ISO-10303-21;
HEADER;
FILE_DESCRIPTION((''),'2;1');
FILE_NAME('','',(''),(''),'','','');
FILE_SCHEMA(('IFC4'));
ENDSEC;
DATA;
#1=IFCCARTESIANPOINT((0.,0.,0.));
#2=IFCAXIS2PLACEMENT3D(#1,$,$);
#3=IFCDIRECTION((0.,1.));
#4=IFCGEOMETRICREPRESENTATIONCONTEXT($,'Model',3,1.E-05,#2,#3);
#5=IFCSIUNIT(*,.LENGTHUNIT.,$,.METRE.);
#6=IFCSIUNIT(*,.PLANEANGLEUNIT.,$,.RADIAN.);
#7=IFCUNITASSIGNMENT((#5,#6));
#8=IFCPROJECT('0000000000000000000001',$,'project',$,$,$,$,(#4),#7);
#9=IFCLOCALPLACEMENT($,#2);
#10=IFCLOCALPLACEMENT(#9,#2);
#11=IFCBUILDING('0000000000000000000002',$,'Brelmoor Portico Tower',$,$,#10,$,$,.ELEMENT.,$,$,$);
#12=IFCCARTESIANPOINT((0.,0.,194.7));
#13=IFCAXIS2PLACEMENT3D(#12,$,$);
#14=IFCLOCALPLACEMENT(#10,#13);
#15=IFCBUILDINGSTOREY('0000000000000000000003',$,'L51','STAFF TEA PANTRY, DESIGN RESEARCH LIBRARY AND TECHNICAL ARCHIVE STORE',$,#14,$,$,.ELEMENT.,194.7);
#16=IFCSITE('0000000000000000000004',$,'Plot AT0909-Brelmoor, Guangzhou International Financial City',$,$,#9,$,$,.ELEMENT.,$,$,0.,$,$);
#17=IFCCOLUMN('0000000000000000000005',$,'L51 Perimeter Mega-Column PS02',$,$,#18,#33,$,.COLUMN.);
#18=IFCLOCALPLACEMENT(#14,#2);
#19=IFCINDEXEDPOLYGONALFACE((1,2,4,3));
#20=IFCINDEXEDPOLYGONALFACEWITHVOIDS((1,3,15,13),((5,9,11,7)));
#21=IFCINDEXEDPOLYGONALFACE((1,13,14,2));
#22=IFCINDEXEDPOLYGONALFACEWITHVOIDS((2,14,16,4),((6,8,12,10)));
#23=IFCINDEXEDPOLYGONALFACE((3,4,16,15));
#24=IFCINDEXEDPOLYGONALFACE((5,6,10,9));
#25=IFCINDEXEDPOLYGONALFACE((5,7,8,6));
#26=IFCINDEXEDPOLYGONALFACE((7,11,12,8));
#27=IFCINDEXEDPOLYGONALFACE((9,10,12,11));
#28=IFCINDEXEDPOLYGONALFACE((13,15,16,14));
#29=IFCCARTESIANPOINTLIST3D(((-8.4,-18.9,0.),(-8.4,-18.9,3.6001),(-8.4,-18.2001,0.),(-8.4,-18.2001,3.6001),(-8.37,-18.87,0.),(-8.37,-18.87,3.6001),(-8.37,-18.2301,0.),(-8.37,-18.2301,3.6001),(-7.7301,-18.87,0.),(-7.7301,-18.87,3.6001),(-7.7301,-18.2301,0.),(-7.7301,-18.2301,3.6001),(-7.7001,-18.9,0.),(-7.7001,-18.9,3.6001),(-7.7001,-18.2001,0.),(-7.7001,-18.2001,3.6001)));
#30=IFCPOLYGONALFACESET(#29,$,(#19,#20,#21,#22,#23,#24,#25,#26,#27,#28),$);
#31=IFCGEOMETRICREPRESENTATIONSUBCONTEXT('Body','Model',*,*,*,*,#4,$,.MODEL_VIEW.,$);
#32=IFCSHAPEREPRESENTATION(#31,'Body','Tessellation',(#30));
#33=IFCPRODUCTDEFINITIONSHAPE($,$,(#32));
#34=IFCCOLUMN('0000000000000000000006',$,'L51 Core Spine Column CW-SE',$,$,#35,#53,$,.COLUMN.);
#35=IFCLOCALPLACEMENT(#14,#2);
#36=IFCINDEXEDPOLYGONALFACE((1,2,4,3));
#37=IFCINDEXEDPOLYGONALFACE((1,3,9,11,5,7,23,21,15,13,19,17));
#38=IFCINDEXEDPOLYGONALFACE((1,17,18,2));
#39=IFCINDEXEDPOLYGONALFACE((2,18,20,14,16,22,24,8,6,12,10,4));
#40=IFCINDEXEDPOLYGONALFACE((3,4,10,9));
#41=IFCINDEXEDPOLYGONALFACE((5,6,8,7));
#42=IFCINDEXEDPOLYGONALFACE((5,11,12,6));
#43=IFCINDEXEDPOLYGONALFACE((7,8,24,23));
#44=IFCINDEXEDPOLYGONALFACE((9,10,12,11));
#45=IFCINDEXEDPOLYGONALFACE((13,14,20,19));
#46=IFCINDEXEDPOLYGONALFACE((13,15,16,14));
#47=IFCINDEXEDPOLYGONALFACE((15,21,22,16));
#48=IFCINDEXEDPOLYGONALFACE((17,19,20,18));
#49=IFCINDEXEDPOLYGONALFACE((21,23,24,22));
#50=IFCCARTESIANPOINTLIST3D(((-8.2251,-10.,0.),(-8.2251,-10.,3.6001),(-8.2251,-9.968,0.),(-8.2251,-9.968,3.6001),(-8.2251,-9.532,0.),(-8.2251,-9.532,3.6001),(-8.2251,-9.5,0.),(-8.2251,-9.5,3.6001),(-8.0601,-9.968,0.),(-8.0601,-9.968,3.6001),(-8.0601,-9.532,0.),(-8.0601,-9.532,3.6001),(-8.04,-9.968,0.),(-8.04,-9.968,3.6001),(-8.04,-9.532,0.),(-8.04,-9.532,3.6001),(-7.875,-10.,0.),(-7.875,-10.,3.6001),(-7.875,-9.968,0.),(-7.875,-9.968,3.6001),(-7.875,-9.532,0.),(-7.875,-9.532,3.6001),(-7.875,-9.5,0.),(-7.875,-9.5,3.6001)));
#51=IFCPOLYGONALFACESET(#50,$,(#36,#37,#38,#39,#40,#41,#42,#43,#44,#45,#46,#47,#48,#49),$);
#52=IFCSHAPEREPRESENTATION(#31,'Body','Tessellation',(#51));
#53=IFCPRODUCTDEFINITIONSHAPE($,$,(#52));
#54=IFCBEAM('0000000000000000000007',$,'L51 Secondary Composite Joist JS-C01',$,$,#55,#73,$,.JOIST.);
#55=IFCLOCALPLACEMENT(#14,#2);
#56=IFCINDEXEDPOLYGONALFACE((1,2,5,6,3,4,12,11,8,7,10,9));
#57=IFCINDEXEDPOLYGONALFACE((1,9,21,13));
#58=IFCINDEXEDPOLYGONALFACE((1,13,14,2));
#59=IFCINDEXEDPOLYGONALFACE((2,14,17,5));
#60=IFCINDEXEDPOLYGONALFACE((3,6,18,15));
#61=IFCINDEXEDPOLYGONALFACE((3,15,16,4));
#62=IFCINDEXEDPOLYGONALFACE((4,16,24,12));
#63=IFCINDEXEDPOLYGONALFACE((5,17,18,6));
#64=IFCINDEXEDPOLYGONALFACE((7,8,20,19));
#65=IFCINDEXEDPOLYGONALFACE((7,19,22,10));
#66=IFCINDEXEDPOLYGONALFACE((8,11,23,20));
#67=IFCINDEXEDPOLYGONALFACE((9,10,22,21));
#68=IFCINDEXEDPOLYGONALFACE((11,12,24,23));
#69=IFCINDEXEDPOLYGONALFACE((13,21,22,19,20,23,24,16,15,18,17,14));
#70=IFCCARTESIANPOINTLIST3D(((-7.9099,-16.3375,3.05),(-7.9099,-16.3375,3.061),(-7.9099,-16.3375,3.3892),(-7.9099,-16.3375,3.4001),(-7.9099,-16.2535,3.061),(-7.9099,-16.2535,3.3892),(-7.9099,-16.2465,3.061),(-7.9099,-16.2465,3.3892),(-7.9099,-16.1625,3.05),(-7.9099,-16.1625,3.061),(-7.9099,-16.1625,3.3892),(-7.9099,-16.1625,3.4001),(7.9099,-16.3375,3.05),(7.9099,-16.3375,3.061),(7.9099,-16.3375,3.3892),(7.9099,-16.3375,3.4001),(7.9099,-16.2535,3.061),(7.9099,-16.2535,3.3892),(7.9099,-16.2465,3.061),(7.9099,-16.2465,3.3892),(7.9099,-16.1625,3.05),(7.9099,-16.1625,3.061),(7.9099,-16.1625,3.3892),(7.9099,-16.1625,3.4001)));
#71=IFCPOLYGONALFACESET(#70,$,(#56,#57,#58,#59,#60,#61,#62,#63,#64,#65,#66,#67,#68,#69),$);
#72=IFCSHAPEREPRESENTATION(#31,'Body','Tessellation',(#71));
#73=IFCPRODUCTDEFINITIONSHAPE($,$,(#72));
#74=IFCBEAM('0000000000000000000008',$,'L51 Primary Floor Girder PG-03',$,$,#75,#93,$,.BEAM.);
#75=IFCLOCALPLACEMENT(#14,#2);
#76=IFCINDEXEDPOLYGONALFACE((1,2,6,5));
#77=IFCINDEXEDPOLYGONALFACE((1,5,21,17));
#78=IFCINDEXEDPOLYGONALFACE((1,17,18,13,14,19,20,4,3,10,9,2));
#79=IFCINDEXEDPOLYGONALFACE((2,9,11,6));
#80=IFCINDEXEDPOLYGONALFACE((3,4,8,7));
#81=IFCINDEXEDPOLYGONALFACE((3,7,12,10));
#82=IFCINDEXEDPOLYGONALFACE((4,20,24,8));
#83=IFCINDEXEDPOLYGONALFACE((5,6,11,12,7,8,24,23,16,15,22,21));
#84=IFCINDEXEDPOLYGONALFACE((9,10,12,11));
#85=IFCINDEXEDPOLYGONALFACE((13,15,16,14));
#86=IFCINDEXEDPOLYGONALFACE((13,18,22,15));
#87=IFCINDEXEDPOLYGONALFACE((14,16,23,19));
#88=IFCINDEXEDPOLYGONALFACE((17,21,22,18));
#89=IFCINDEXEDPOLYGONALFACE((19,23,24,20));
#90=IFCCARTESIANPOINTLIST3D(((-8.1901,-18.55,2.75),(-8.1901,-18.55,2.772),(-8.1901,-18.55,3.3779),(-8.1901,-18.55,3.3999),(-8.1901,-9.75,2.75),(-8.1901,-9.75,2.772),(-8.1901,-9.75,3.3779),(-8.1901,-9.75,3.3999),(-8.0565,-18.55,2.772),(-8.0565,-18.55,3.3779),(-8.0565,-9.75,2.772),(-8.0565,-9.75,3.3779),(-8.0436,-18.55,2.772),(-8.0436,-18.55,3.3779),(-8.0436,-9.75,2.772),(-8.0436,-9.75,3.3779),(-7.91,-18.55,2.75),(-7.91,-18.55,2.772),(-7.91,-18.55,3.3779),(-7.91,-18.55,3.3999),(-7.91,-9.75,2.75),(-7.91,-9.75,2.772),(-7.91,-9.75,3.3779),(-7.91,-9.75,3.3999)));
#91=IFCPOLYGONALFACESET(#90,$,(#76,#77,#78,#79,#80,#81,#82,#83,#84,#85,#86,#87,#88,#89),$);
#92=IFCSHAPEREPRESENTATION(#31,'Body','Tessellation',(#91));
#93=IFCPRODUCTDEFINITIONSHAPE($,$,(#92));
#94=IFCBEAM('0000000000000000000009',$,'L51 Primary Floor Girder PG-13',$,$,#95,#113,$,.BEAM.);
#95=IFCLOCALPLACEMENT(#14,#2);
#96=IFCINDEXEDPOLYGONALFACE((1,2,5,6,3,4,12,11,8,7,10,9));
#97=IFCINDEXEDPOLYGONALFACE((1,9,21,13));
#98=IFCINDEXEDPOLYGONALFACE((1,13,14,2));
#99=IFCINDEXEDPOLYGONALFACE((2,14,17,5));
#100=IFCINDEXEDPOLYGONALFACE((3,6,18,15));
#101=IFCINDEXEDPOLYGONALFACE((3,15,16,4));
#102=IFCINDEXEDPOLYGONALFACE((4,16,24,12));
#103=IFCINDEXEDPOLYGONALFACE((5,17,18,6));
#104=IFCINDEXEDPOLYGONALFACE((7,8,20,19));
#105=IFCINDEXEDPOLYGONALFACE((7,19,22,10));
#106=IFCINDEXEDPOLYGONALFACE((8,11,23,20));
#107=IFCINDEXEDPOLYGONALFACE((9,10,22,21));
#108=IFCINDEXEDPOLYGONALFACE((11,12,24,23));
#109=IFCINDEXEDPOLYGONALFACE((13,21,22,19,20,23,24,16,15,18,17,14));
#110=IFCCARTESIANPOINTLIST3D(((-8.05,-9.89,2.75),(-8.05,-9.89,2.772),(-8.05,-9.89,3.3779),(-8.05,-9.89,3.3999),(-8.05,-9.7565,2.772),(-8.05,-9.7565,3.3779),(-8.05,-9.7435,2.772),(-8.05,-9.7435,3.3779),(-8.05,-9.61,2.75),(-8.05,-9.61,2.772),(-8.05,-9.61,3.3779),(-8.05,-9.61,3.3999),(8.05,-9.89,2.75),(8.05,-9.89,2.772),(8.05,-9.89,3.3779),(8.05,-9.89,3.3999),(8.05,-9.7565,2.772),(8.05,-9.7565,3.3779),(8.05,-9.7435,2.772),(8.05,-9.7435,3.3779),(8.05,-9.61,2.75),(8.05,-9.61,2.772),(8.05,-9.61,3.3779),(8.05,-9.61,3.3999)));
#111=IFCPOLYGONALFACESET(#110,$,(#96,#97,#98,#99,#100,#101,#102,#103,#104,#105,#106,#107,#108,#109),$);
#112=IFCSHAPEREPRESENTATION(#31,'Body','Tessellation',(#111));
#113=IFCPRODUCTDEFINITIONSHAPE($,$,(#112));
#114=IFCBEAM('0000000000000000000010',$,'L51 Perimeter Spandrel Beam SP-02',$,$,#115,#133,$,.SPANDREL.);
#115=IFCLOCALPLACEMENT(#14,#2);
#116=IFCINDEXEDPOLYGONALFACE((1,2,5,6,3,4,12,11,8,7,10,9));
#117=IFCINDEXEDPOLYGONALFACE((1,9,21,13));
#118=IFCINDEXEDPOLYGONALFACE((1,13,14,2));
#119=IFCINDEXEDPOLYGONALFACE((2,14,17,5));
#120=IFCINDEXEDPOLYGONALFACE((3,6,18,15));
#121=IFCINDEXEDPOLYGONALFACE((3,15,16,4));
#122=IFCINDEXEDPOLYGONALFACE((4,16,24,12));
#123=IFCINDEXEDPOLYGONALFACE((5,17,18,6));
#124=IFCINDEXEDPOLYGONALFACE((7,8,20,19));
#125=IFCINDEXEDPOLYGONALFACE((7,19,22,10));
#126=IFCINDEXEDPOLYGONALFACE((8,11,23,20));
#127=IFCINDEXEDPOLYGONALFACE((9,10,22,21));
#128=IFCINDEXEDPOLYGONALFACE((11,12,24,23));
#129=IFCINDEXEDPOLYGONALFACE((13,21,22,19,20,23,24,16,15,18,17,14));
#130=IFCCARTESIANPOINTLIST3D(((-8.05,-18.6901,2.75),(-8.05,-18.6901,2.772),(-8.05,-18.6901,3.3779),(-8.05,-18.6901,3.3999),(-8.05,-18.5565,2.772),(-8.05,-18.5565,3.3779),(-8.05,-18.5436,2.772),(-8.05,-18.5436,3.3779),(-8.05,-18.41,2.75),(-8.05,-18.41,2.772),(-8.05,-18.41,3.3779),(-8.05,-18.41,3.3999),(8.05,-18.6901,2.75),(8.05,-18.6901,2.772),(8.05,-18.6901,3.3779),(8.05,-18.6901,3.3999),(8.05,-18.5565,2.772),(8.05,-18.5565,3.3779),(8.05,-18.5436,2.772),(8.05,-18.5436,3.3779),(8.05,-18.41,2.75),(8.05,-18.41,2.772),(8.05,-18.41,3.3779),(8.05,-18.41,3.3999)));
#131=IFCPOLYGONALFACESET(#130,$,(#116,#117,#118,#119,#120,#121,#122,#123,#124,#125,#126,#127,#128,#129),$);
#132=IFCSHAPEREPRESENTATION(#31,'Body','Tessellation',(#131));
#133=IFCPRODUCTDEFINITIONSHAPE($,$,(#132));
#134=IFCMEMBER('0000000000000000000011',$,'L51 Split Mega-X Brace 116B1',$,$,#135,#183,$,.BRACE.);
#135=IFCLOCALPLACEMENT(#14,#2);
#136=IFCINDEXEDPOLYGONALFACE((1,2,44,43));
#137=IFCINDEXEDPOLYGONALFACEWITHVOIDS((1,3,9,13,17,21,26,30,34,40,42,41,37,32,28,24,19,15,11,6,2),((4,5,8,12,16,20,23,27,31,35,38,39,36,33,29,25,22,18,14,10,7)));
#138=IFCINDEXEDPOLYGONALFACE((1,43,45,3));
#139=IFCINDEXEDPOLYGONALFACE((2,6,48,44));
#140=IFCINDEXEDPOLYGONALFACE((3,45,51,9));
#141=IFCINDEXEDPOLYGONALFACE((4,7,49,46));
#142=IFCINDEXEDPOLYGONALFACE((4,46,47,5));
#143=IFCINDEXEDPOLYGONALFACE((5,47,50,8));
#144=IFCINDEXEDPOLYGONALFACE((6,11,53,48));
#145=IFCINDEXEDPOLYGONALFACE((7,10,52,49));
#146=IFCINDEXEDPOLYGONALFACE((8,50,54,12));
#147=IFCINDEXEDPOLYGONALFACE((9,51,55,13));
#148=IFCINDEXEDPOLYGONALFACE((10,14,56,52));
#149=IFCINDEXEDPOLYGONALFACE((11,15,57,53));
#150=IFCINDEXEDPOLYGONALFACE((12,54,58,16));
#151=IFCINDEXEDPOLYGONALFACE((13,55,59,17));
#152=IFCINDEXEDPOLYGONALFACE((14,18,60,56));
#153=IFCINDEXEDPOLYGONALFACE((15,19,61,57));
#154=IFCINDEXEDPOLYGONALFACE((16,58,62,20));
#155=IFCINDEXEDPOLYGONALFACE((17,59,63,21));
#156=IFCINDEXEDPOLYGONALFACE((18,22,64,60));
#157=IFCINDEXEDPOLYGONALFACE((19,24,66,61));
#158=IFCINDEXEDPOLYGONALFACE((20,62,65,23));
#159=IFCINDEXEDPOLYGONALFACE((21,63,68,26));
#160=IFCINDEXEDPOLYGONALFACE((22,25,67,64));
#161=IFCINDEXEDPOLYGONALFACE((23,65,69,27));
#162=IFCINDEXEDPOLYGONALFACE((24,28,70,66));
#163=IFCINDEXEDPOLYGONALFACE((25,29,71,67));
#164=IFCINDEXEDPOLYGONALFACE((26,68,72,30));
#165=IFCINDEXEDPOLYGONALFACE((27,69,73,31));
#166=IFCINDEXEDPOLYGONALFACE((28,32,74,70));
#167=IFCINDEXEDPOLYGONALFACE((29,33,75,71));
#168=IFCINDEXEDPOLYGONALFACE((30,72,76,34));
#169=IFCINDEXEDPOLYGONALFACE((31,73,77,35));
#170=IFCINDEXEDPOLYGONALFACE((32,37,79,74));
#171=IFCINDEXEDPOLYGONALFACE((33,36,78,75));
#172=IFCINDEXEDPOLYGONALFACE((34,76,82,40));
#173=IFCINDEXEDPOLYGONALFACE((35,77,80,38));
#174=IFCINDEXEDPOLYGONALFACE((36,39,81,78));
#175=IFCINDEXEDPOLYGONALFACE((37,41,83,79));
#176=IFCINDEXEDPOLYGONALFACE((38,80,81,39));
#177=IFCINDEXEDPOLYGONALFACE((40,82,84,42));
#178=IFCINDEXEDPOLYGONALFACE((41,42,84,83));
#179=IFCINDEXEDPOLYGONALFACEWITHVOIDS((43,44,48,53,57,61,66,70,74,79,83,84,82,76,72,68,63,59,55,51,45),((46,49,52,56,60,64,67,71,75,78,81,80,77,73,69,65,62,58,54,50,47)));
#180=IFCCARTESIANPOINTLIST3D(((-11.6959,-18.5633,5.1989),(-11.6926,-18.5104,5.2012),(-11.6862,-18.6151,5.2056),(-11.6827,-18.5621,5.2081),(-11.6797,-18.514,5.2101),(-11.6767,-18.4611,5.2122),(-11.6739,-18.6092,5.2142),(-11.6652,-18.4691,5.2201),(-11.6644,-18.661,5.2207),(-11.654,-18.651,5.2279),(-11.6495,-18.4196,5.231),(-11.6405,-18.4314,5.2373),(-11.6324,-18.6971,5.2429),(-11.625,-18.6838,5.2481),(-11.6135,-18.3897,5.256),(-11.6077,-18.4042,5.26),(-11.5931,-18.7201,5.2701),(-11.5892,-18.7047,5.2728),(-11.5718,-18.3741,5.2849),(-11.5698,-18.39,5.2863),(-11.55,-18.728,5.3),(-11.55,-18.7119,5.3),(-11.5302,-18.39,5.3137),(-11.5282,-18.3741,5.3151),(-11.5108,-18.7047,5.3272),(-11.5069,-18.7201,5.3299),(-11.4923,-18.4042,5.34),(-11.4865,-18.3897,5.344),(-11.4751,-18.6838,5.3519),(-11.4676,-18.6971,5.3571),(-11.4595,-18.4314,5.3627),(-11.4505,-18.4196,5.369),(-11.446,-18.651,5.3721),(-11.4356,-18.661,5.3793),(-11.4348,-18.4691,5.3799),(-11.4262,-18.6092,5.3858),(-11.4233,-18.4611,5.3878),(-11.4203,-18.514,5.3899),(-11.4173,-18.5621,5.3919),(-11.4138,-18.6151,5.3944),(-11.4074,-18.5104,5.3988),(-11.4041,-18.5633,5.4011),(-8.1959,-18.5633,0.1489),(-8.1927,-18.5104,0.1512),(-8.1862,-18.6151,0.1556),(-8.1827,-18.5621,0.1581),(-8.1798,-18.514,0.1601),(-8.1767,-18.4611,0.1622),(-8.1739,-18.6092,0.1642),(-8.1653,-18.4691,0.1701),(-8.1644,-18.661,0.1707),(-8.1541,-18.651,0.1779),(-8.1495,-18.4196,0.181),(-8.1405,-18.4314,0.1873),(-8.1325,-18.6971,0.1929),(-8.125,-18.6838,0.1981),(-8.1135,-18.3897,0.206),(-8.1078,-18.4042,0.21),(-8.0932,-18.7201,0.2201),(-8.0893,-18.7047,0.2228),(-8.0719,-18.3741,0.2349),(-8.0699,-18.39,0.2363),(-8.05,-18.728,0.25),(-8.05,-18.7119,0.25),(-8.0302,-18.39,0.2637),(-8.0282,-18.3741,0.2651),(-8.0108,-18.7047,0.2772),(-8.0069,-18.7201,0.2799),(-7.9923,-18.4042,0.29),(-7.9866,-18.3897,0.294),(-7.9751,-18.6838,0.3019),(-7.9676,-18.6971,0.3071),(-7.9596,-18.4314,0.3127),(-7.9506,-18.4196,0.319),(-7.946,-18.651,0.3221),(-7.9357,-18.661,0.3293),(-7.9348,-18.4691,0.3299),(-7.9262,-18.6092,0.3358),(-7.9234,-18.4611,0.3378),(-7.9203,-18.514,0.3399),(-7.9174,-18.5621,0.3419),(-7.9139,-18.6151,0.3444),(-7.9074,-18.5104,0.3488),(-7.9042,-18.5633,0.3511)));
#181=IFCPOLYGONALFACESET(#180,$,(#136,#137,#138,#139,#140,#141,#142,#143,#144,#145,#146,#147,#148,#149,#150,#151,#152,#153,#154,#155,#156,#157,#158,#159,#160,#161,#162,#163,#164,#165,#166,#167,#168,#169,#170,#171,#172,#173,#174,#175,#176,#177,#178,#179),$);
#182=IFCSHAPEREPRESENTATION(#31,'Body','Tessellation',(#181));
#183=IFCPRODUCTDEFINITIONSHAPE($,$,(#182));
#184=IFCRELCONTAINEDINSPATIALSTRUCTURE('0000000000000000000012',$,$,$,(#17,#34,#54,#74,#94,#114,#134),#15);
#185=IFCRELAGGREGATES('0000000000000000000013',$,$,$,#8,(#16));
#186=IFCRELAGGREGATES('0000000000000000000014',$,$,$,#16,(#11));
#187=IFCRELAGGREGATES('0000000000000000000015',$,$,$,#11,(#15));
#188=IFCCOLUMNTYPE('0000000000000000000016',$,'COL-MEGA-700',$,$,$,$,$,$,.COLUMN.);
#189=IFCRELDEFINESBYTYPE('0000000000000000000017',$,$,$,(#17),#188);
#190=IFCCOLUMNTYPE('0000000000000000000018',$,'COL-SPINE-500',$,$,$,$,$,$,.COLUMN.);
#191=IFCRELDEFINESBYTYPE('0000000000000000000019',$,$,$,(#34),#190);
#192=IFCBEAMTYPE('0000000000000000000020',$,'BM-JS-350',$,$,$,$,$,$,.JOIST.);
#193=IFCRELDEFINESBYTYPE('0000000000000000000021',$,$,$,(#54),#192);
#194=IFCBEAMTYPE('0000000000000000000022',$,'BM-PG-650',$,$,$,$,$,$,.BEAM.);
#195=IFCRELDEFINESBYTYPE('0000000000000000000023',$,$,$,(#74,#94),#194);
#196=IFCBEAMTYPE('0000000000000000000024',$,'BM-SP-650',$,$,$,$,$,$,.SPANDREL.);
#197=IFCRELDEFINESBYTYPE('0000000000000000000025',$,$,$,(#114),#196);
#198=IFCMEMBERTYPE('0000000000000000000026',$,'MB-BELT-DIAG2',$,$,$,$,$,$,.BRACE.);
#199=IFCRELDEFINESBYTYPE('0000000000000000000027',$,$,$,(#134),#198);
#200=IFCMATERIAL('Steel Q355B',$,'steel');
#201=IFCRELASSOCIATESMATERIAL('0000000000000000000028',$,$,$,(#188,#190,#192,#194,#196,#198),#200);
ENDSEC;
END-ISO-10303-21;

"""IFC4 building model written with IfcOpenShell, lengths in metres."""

from ifc_helpers import new_model, si_unit, direction, frame, origin, origin_2d, place, context, subcontext, project, spatial, hollow_rectangle, hollow_circle, i_section, extrude, material, material_profile, profile_set, type_object, element, save


model = new_model("IFC4")

# Units and contexts
model_context = context("Model", 3, precision=1e-05, world=origin(), true_north=direction((0.0, 1.0)))
body_context = subcontext(model_context, "Body", "Model", "MODEL_VIEW")
ifc_project = project(units=[si_unit("LENGTHUNIT", "METRE"), si_unit("PLANEANGLEUNIT", "RADIAN")], contexts=[model_context])

# Site, building, storey
site_placement = place(None, origin())
site = spatial("IfcSite", under=ifc_project, at=site_placement, Name="Plot AT0909-Brelmoor, Guangzhou International Financial City", CompositionType="ELEMENT", RefElevation=0.0)
building_placement = place(site_placement, origin())
building = spatial("IfcBuilding", under=site, at=building_placement, Name="Brelmoor Portico Tower", CompositionType="ELEMENT")
storey_placement = place(building_placement, frame((0.0, 0.0, 194.7)))
storey = spatial("IfcBuildingStorey", under=building, at=storey_placement, Name="L51", Description="STAFF TEA PANTRY, DESIGN RESEARCH LIBRARY AND TECHNICAL ARCHIVE STORE", CompositionType="ELEMENT", Elevation=194.7)

# Columns
ifc_material_1 = material(Name="Steel Q355B", Category="steel")
ifc_material_profile_1 = material_profile(ifc_material_1, hollow_rectangle(XDim=0.7, YDim=0.7, WallThickness=0.03, at=origin_2d()), Name="BOX 700x700x30")
ifc_profile_set_1 = profile_set([ifc_material_profile_1], Name="Steel Q355B")
column_type_1 = type_object("IfcColumnType", Name="COL-MEGA-700", PredefinedType="COLUMN", material=ifc_profile_set_1)
column_1_placement = place(storey_placement, frame((-8.05, -18.55, 0.0), z_axis=(0.0, 0.0, 1.0), x_axis=(1.0, 0.0, 0.0)))
element("IfcColumn", 1, at=column_1_placement, inside=storey, type_object=column_type_1, Name="L51 Perimeter Mega-Column PS02", PredefinedType="COLUMN", context=body_context, shape_type="SweptSolid", body=[
    extrude(hollow_rectangle(XDim=0.7, YDim=0.7, WallThickness=0.03, at=origin_2d()), origin(), (0.0, 0.0, 1.0), 3.6001),
])
ifc_material_profile_2 = material_profile(ifc_material_1, i_section(OverallWidth=0.3501, OverallDepth=0.5, WebThickness=0.02, FlangeThickness=0.032, at=origin_2d()), Name="HW 500x350x20x32")
ifc_profile_set_2 = profile_set([ifc_material_profile_2], Name="Steel Q355B")
column_type_2 = type_object("IfcColumnType", Name="COL-SPINE-500", PredefinedType="COLUMN", material=ifc_profile_set_2)
column_2_placement = place(storey_placement, frame((-8.05, -9.75, 0.0), z_axis=(0.0, 0.0, 1.0), x_axis=(1.0, 0.0, 0.0)))
element("IfcColumn", 2, at=column_2_placement, inside=storey, type_object=column_type_2, Name="L51 Core Spine Column CW-SE", PredefinedType="COLUMN", context=body_context, shape_type="SweptSolid", body=[
    extrude(i_section(OverallWidth=0.3501, OverallDepth=0.5, WebThickness=0.02, FlangeThickness=0.032, at=origin_2d()), origin(), (0.0, 0.0, 1.0), 3.6001),
])

# Beams
ifc_material_profile_3 = material_profile(ifc_material_1, i_section(OverallWidth=0.175, OverallDepth=0.3501, WebThickness=0.0071, FlangeThickness=0.011, at=origin_2d()), Name="HN 350x175x7x11")
ifc_profile_set_3 = profile_set([ifc_material_profile_3], Name="Steel Q355B")
beam_type_1 = type_object("IfcBeamType", Name="BM-JS-350", PredefinedType="JOIST", material=ifc_profile_set_3)
beam_1_placement = place(storey_placement, frame((-7.9099, -16.25, 3.2251), z_axis=(1.0, 0.0, 0.0), x_axis=(0.0, 1.0, 0.0)))
element("IfcBeam", 3, at=beam_1_placement, inside=storey, type_object=beam_type_1, Name="L51 Secondary Composite Joist JS-C01", PredefinedType="JOIST", context=body_context, shape_type="SweptSolid", body=[
    extrude(i_section(OverallWidth=0.175, OverallDepth=0.3501, WebThickness=0.0071, FlangeThickness=0.011, at=origin_2d()), origin(), (0.0, 0.0, 1.0), 15.8198),
])
ifc_material_profile_4 = material_profile(ifc_material_1, i_section(OverallWidth=0.28, OverallDepth=0.6499, WebThickness=0.0129, FlangeThickness=0.022, at=origin_2d()), Name="HN 650x280x13x22")
ifc_profile_set_4 = profile_set([ifc_material_profile_4], Name="Steel Q355B")
beam_type_2 = type_object("IfcBeamType", Name="BM-PG-650", PredefinedType="BEAM", material=ifc_profile_set_4)
beam_2_placement = place(storey_placement, frame((-8.05, -18.55, 3.075), z_axis=(0.0, 1.0, 0.0), x_axis=(-1.0, 0.0, 0.0)))
element("IfcBeam", 4, at=beam_2_placement, inside=storey, type_object=beam_type_2, Name="L51 Primary Floor Girder PG-03", PredefinedType="BEAM", context=body_context, shape_type="SweptSolid", body=[
    extrude(i_section(OverallWidth=0.28, OverallDepth=0.6499, WebThickness=0.0129, FlangeThickness=0.022, at=origin_2d()), origin(), (0.0, 0.0, 1.0), 8.8),
])
beam_3_placement = place(storey_placement, frame((-8.05, -9.75, 3.075), z_axis=(1.0, 0.0, 0.0), x_axis=(0.0, 1.0, 0.0)))
element("IfcBeam", 5, at=beam_3_placement, inside=storey, type_object=beam_type_2, Name="L51 Primary Floor Girder PG-13", PredefinedType="BEAM", context=body_context, shape_type="SweptSolid", body=[
    extrude(i_section(OverallWidth=0.28, OverallDepth=0.6499, WebThickness=0.0129, FlangeThickness=0.022, at=origin_2d()), origin(), (0.0, 0.0, 1.0), 16.1001),
])
ifc_material_profile_5 = material_profile(ifc_material_1, i_section(OverallWidth=0.28, OverallDepth=0.6499, WebThickness=0.0129, FlangeThickness=0.022, at=origin_2d()), Name="HN 650x280x13x22")
ifc_profile_set_5 = profile_set([ifc_material_profile_5], Name="Steel Q355B")
beam_type_3 = type_object("IfcBeamType", Name="BM-SP-650", PredefinedType="SPANDREL", material=ifc_profile_set_5)
beam_4_placement = place(storey_placement, frame((-8.05, -18.55, 3.075), z_axis=(1.0, 0.0, 0.0), x_axis=(0.0, 1.0, 0.0)))
element("IfcBeam", 6, at=beam_4_placement, inside=storey, type_object=beam_type_3, Name="L51 Perimeter Spandrel Beam SP-02", PredefinedType="SPANDREL", context=body_context, shape_type="SweptSolid", body=[
    extrude(i_section(OverallWidth=0.28, OverallDepth=0.6499, WebThickness=0.0129, FlangeThickness=0.022, at=origin_2d()), origin(), (0.0, 0.0, 1.0), 16.1001),
])

# Member
ifc_material_profile_6 = material_profile(ifc_material_1, hollow_circle(Radius=0.178, WallThickness=0.0161, at=origin_2d()), Name="CHS 356x16")
ifc_profile_set_6 = profile_set([ifc_material_profile_6], Name="Steel Q355B")
member_type_1 = type_object("IfcMemberType", Name="MB-BELT-DIAG2", PredefinedType="BRACE", material=ifc_profile_set_6)
for number, where, z_axis, x_axis, name in (
    (7, (-8.05, -18.55, 0.25), (-0.569629, 0.0, 0.821902), (0.0, -1.0, 0.0), "L51 Split Mega-X Brace 116B1"),
):
    element("IfcMember", number, at=place(storey_placement, frame(where, z_axis=z_axis, x_axis=x_axis)), inside=storey, type_object=member_type_1, Name=name, PredefinedType="BRACE", context=body_context, shape_type="SweptSolid", body=[
        extrude(hollow_circle(Radius=0.178, WallThickness=0.0161, at=origin_2d()), origin(), (0.0, 0.0, 1.0), 6.1443),
    ])

save(model, "model.ifc")
